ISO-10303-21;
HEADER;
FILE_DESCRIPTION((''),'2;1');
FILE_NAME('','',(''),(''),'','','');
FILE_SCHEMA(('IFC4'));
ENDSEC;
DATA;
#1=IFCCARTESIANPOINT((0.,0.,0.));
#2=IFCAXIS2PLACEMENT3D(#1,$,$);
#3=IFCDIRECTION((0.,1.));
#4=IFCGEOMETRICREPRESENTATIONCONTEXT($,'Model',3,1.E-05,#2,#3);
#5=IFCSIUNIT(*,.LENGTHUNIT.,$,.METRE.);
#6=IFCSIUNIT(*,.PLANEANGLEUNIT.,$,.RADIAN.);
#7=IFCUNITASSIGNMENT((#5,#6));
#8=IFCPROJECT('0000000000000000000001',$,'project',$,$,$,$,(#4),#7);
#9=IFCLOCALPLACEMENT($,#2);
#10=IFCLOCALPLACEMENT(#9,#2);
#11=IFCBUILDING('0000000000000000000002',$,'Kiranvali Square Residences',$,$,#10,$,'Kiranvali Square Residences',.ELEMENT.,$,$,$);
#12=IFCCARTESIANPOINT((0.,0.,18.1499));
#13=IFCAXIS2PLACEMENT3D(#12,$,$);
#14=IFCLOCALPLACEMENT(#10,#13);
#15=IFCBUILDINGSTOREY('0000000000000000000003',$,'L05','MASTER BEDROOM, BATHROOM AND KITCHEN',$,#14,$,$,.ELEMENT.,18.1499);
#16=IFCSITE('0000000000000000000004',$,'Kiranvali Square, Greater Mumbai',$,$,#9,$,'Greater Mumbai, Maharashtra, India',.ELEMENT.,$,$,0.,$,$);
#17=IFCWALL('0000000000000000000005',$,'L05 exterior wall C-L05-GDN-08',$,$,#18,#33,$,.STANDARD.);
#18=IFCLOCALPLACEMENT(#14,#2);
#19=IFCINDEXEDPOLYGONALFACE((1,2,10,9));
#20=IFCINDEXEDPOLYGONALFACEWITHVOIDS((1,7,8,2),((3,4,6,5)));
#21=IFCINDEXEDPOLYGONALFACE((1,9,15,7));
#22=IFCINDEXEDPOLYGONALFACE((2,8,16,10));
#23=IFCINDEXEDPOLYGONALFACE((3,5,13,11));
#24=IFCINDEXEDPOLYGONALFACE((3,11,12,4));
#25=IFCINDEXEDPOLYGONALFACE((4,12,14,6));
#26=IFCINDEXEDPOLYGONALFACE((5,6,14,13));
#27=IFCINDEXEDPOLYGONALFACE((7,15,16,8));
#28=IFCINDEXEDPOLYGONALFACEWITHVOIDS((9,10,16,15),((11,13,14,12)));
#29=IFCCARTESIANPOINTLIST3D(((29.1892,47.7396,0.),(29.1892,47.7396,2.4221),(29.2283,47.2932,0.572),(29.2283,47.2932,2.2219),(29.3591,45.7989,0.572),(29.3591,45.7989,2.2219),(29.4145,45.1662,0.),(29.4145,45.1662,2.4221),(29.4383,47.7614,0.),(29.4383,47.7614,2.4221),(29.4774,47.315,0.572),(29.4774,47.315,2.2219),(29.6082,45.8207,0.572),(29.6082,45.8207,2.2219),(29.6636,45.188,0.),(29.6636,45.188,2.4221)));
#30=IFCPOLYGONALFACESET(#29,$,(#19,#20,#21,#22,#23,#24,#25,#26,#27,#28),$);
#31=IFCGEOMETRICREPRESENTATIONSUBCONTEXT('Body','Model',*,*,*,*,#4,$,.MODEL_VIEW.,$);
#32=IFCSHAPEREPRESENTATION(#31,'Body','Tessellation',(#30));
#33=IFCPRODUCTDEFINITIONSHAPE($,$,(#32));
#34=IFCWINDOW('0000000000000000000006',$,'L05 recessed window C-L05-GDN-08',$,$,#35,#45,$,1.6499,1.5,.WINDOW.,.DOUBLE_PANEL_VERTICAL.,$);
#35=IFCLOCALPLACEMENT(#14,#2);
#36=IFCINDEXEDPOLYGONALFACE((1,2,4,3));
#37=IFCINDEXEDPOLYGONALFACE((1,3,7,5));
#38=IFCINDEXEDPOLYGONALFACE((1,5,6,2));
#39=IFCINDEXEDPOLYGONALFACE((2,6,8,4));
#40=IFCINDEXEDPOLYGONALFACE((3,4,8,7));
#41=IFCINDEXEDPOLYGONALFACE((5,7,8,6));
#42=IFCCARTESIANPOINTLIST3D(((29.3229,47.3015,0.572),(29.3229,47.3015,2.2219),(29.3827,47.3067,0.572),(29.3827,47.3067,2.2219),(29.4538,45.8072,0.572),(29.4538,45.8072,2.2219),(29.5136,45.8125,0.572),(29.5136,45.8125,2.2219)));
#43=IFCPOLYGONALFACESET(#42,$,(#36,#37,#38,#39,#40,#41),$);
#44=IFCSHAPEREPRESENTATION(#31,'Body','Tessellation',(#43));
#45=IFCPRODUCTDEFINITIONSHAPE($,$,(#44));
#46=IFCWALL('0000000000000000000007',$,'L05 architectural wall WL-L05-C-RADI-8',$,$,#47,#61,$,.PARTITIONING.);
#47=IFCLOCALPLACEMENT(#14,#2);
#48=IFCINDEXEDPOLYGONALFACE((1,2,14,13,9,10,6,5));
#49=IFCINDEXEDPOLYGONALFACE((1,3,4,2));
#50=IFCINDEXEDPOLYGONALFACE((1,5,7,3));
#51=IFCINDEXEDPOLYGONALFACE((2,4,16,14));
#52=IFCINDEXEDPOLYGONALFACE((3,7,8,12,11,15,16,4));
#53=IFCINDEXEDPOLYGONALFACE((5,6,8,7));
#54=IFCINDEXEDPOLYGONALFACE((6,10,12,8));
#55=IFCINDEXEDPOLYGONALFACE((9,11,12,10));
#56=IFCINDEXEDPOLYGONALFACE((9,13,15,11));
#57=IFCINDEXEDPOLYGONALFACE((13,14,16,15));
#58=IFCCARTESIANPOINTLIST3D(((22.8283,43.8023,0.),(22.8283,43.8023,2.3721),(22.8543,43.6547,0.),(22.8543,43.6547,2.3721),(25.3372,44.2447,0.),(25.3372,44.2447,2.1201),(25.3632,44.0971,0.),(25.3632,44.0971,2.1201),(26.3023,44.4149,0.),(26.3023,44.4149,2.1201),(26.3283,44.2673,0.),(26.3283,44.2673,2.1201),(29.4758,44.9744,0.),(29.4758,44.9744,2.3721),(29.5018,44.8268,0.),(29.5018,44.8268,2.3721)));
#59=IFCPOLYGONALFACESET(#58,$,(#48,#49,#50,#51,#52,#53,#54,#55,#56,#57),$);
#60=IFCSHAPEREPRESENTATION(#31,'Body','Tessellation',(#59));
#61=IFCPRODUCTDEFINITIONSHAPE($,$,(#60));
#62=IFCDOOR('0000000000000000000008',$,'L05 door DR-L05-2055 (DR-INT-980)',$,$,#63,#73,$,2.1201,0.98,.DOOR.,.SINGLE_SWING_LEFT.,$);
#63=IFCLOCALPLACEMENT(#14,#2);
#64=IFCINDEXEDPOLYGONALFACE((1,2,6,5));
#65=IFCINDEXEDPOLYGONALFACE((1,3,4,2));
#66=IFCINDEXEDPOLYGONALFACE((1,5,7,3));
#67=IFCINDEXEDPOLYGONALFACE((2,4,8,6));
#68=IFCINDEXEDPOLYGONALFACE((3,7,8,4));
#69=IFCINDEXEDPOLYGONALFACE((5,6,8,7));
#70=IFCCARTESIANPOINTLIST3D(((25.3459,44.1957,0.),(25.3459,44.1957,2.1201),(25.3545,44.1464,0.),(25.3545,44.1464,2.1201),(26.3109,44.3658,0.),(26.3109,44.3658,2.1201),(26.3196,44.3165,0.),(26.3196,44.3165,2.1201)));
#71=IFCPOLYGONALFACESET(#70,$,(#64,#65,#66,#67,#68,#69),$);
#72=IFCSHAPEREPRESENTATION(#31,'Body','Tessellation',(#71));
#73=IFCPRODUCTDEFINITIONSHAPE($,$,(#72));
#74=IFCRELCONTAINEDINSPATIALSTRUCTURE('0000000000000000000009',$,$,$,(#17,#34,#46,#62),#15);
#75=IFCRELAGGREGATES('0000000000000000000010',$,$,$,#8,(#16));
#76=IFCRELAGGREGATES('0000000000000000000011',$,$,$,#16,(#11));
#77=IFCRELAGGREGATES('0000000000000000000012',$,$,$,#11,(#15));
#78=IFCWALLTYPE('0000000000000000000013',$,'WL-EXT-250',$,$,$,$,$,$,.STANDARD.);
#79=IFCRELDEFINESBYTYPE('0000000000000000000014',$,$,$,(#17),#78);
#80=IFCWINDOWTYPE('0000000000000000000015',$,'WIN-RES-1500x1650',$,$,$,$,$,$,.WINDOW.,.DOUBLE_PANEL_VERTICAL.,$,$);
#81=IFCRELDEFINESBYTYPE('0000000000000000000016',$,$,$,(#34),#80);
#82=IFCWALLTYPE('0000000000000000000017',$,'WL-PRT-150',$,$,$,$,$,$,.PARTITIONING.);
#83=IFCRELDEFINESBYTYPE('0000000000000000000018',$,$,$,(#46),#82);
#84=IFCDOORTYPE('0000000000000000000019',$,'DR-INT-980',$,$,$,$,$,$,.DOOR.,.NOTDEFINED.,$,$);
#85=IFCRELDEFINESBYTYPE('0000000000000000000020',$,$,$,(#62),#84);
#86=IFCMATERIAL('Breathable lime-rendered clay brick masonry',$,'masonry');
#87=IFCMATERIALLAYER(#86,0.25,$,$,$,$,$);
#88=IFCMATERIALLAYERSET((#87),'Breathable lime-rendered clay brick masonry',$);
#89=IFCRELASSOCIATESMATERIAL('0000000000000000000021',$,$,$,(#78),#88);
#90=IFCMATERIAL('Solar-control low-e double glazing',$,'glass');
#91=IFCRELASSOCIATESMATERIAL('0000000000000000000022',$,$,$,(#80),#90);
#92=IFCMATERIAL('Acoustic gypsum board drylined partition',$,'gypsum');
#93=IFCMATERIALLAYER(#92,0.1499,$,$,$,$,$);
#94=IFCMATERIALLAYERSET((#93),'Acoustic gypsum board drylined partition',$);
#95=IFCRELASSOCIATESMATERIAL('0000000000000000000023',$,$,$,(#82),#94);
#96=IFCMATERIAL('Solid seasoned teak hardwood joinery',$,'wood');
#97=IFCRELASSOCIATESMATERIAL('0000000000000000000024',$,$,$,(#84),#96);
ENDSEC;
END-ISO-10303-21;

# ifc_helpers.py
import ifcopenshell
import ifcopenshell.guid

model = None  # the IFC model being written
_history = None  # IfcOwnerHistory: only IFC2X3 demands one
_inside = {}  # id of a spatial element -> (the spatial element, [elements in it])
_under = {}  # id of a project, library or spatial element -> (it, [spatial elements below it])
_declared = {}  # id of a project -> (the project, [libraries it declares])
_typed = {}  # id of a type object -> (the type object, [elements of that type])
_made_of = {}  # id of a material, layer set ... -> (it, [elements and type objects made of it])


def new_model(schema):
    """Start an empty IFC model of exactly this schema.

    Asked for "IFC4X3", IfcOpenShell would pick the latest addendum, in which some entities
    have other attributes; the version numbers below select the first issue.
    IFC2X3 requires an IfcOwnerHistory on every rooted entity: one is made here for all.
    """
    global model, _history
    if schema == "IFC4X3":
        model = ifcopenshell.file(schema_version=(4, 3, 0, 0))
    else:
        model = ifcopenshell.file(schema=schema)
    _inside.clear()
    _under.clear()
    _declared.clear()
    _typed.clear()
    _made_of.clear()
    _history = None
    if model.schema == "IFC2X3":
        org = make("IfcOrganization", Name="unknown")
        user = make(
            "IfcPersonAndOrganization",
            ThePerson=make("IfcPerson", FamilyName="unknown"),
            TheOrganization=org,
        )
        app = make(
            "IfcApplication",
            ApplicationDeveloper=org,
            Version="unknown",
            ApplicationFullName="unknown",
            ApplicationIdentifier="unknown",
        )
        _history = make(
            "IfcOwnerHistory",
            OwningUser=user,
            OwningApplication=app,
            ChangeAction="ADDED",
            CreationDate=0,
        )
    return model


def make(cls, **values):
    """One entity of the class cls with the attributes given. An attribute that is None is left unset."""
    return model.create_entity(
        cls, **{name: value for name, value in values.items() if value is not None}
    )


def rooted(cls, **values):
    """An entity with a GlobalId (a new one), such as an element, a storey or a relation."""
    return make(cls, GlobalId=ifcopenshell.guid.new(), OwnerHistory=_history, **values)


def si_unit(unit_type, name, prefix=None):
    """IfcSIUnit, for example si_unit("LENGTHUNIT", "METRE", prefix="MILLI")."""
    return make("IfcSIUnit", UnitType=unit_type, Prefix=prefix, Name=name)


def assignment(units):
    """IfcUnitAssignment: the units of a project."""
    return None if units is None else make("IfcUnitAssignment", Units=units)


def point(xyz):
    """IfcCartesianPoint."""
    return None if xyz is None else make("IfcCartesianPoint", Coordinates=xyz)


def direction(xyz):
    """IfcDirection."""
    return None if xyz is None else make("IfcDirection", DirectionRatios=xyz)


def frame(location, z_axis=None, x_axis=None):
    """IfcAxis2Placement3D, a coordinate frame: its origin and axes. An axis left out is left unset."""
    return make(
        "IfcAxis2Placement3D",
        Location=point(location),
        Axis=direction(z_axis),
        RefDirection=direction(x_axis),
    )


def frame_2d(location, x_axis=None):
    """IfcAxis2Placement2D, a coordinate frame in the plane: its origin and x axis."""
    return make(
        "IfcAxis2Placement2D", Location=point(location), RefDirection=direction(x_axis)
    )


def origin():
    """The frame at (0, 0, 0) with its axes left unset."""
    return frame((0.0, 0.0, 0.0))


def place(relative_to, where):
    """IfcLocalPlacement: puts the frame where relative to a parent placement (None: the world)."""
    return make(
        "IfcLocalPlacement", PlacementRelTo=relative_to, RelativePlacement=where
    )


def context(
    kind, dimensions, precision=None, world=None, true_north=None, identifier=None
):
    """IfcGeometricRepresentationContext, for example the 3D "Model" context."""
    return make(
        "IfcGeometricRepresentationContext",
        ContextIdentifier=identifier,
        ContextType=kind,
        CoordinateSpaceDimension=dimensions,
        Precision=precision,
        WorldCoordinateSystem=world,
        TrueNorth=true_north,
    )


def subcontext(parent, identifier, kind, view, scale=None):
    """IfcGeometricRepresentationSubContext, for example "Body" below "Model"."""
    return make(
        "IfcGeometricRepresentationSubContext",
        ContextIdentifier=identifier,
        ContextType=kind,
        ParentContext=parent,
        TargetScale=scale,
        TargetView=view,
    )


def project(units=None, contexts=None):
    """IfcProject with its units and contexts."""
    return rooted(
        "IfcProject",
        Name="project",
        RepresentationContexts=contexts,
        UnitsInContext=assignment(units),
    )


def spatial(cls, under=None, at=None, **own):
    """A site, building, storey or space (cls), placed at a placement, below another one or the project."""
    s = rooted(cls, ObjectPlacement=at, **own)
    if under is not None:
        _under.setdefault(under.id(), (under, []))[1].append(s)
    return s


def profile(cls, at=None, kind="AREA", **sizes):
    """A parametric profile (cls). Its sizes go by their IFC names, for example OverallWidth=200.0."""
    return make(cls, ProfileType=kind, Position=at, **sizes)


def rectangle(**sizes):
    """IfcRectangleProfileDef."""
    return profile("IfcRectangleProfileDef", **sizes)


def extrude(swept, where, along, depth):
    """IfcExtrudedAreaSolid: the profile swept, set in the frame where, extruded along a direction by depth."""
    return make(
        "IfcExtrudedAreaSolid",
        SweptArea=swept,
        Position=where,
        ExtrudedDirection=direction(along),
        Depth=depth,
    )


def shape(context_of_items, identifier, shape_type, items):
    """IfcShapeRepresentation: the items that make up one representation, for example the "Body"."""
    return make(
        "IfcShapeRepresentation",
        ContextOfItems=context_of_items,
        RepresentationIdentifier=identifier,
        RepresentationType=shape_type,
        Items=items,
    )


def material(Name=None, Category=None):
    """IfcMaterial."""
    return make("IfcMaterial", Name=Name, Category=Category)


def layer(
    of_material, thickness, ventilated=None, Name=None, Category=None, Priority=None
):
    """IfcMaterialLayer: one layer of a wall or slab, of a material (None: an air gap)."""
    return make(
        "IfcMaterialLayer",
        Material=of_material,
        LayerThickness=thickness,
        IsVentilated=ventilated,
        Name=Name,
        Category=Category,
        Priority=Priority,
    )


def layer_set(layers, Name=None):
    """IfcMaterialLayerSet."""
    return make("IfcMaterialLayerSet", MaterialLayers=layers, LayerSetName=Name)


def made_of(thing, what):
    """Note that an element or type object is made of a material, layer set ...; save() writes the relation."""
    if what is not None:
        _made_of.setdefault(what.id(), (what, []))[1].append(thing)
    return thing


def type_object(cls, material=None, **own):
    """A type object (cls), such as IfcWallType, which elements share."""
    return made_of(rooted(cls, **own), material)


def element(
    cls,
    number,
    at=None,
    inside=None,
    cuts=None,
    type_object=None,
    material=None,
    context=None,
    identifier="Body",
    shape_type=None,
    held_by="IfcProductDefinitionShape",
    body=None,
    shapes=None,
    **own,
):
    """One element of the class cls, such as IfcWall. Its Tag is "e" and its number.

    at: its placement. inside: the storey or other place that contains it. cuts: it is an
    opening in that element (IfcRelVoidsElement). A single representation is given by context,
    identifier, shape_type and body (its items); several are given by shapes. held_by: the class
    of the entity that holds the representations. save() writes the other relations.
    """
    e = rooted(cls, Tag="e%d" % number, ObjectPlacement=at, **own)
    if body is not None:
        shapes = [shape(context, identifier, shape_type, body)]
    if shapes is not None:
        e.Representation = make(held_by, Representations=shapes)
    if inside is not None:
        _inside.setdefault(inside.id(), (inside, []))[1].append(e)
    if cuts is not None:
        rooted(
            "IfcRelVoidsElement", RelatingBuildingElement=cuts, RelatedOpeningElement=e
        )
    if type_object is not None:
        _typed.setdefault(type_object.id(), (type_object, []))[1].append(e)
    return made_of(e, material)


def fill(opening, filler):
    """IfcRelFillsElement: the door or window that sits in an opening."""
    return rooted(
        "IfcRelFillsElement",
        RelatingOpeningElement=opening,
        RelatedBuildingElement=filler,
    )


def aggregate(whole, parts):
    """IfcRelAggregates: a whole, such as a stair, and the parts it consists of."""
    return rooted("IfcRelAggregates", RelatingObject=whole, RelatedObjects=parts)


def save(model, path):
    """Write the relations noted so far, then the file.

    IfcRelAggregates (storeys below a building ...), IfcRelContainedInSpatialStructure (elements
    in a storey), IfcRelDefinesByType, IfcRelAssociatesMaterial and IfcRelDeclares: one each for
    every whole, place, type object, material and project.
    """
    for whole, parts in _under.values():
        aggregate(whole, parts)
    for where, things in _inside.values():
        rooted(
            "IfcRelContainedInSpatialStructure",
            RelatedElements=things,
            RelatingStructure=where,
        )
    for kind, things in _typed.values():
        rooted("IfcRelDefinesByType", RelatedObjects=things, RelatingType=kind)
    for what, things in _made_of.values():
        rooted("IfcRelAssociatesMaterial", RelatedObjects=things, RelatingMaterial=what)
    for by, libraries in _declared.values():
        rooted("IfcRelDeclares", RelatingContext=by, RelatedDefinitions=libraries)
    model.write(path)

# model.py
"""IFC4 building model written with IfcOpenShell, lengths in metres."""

from ifc_helpers import new_model, si_unit, direction, frame, frame_2d, origin, place, context, subcontext, project, spatial, rectangle, extrude, material, layer, layer_set, type_object, element, fill, save


model = new_model("IFC4")

# Units and contexts
model_context = context("Model", 3, precision=1e-05, world=origin(), true_north=direction((0.0, 1.0)))
body_context = subcontext(model_context, "Body", "Model", "MODEL_VIEW")
ifc_project = project(units=[si_unit("LENGTHUNIT", "METRE"), si_unit("PLANEANGLEUNIT", "RADIAN")], contexts=[model_context])

# Site, building, storey
site_placement = place(None, origin())
site = spatial("IfcSite", under=ifc_project, at=site_placement, Name="Kiranvali Square, Greater Mumbai", LongName="Greater Mumbai, Maharashtra, India", CompositionType="ELEMENT", RefElevation=0.0)
building_placement = place(site_placement, origin())
building = spatial("IfcBuilding", under=site, at=building_placement, Name="Kiranvali Square Residences", LongName="Kiranvali Square Residences", CompositionType="ELEMENT")
storey_placement = place(building_placement, frame((0.0, 0.0, 18.1499)))
storey = spatial("IfcBuildingStorey", under=building, at=storey_placement, Name="L05", Description="MASTER BEDROOM, BATHROOM AND KITCHEN", CompositionType="ELEMENT", Elevation=18.1499)

# Wall, opening, window
ifc_material_1 = material(Name="Breathable lime-rendered clay brick masonry", Category="masonry")
ifc_layer_1 = layer(ifc_material_1, 0.25)
ifc_layer_set_1 = layer_set([ifc_layer_1], Name="Breathable lime-rendered clay brick masonry")
wall_type_1 = type_object("IfcWallType", Name="WL-EXT-250", PredefinedType="STANDARD", material=ifc_layer_set_1)
wall_1_placement = place(storey_placement, frame((29.5391, 45.1772, 0.0), z_axis=(0.0, 0.0, 1.0), x_axis=(-0.087229, 0.996188, 0.0)))
wall_1 = element("IfcWall", 1, at=wall_1_placement, inside=storey, type_object=wall_type_1, Name="L05 exterior wall C-L05-GDN-08", PredefinedType="STANDARD", context=body_context, shape_type="SweptSolid", body=[
    extrude(rectangle(XDim=2.5833, YDim=0.25, at=frame_2d((1.2915, 0.0))), origin(), (0.0, 0.0, 1.0), 2.4221),
])
opening_1_placement = place(wall_1_placement, frame((0.635, 0.0, 0.572)))
opening_1 = element("IfcOpeningElement", 2, at=opening_1_placement, cuts=wall_1, PredefinedType="OPENING", context=body_context, shape_type="SweptSolid", body=[
    extrude(rectangle(XDim=1.5, YDim=1.6499, at=frame_2d((0.75, 0.825))), frame((0.0, 0.135, 0.0), z_axis=(0.0, -1.0, 0.0), x_axis=(1.0, 0.0, 0.0)), (0.0, 0.0, 1.0), 0.27),
])
ifc_material_2 = material(Name="Solar-control low-e double glazing", Category="glass")
window_type = type_object("IfcWindowType", Name="WIN-RES-1500x1650", PartitioningType="DOUBLE_PANEL_VERTICAL", PredefinedType="WINDOW", material=ifc_material_2)
window_placement = place(opening_1_placement, origin())
window = element("IfcWindow", 3, at=window_placement, inside=storey, type_object=window_type, Name="L05 recessed window C-L05-GDN-08", OverallHeight=1.6499, OverallWidth=1.5, PartitioningType="DOUBLE_PANEL_VERTICAL", PredefinedType="WINDOW", context=body_context, shape_type="SweptSolid", body=[
    extrude(rectangle(XDim=1.5, YDim=1.6499, at=frame_2d((0.75, 0.825))), frame((0.0, 0.03, 0.0), z_axis=(0.0, -1.0, 0.0), x_axis=(1.0, 0.0, 0.0)), (0.0, 0.0, 1.0), 0.0601),
])
fill(opening_1, window)

# Wall, opening, door
ifc_material_3 = material(Name="Acoustic gypsum board drylined partition", Category="gypsum")
ifc_layer_2 = layer(ifc_material_3, 0.1499)
ifc_layer_set_2 = layer_set([ifc_layer_2], Name="Acoustic gypsum board drylined partition")
wall_type_2 = type_object("IfcWallType", Name="WL-PRT-150", PredefinedType="PARTITIONING", material=ifc_layer_set_2)
wall_2_placement = place(storey_placement, frame((29.4888, 44.9006, 0.0), z_axis=(0.0, 0.0, 1.0), x_axis=(-0.984808, -0.173647, 0.0)))
wall_2 = element("IfcWall", 4, at=wall_2_placement, inside=storey, type_object=wall_type_2, Name="L05 architectural wall WL-L05-C-RADI-8", PredefinedType="PARTITIONING", context=body_context, shape_type="SweptSolid", body=[
    extrude(rectangle(XDim=6.75, YDim=0.1499, at=frame_2d((3.375, 0.0))), origin(), (0.0, 0.0, 1.0), 2.3721),
])
opening_2_placement = place(wall_2_placement, frame((3.2224, 0.0, 0.0)))
opening_2 = element("IfcOpeningElement", 5, at=opening_2_placement, cuts=wall_2, PredefinedType="OPENING", context=body_context, shape_type="SweptSolid", body=[
    extrude(rectangle(XDim=0.98, YDim=2.1201, at=frame_2d((0.49, 1.0601))), frame((0.0, 0.085, 0.0), z_axis=(0.0, -1.0, 0.0), x_axis=(1.0, 0.0, 0.0)), (0.0, 0.0, 1.0), 0.1699),
])
ifc_material_4 = material(Name="Solid seasoned teak hardwood joinery", Category="wood")
door_type_1 = type_object("IfcDoorType", Name="DR-INT-980", OperationType="NOTDEFINED", PredefinedType="DOOR", material=ifc_material_4)
door_1_placement = place(opening_2_placement, origin())
door_1 = element("IfcDoor", 6, at=door_1_placement, inside=storey, type_object=door_type_1, Name="L05 door DR-L05-2055 (DR-INT-980)", OperationType="SINGLE_SWING_LEFT", OverallHeight=2.1201, OverallWidth=0.98, PredefinedType="DOOR", context=body_context, shape_type="SweptSolid", body=[
    extrude(rectangle(XDim=0.98, YDim=2.1201, at=frame_2d((0.49, 1.0601))), frame((0.0, 0.0249, 0.0), z_axis=(0.0, -1.0, 0.0), x_axis=(1.0, 0.0, 0.0)), (0.0, 0.0, 1.0), 0.05),
])
fill(opening_2, door_1)

save(model, "model.ifc")
